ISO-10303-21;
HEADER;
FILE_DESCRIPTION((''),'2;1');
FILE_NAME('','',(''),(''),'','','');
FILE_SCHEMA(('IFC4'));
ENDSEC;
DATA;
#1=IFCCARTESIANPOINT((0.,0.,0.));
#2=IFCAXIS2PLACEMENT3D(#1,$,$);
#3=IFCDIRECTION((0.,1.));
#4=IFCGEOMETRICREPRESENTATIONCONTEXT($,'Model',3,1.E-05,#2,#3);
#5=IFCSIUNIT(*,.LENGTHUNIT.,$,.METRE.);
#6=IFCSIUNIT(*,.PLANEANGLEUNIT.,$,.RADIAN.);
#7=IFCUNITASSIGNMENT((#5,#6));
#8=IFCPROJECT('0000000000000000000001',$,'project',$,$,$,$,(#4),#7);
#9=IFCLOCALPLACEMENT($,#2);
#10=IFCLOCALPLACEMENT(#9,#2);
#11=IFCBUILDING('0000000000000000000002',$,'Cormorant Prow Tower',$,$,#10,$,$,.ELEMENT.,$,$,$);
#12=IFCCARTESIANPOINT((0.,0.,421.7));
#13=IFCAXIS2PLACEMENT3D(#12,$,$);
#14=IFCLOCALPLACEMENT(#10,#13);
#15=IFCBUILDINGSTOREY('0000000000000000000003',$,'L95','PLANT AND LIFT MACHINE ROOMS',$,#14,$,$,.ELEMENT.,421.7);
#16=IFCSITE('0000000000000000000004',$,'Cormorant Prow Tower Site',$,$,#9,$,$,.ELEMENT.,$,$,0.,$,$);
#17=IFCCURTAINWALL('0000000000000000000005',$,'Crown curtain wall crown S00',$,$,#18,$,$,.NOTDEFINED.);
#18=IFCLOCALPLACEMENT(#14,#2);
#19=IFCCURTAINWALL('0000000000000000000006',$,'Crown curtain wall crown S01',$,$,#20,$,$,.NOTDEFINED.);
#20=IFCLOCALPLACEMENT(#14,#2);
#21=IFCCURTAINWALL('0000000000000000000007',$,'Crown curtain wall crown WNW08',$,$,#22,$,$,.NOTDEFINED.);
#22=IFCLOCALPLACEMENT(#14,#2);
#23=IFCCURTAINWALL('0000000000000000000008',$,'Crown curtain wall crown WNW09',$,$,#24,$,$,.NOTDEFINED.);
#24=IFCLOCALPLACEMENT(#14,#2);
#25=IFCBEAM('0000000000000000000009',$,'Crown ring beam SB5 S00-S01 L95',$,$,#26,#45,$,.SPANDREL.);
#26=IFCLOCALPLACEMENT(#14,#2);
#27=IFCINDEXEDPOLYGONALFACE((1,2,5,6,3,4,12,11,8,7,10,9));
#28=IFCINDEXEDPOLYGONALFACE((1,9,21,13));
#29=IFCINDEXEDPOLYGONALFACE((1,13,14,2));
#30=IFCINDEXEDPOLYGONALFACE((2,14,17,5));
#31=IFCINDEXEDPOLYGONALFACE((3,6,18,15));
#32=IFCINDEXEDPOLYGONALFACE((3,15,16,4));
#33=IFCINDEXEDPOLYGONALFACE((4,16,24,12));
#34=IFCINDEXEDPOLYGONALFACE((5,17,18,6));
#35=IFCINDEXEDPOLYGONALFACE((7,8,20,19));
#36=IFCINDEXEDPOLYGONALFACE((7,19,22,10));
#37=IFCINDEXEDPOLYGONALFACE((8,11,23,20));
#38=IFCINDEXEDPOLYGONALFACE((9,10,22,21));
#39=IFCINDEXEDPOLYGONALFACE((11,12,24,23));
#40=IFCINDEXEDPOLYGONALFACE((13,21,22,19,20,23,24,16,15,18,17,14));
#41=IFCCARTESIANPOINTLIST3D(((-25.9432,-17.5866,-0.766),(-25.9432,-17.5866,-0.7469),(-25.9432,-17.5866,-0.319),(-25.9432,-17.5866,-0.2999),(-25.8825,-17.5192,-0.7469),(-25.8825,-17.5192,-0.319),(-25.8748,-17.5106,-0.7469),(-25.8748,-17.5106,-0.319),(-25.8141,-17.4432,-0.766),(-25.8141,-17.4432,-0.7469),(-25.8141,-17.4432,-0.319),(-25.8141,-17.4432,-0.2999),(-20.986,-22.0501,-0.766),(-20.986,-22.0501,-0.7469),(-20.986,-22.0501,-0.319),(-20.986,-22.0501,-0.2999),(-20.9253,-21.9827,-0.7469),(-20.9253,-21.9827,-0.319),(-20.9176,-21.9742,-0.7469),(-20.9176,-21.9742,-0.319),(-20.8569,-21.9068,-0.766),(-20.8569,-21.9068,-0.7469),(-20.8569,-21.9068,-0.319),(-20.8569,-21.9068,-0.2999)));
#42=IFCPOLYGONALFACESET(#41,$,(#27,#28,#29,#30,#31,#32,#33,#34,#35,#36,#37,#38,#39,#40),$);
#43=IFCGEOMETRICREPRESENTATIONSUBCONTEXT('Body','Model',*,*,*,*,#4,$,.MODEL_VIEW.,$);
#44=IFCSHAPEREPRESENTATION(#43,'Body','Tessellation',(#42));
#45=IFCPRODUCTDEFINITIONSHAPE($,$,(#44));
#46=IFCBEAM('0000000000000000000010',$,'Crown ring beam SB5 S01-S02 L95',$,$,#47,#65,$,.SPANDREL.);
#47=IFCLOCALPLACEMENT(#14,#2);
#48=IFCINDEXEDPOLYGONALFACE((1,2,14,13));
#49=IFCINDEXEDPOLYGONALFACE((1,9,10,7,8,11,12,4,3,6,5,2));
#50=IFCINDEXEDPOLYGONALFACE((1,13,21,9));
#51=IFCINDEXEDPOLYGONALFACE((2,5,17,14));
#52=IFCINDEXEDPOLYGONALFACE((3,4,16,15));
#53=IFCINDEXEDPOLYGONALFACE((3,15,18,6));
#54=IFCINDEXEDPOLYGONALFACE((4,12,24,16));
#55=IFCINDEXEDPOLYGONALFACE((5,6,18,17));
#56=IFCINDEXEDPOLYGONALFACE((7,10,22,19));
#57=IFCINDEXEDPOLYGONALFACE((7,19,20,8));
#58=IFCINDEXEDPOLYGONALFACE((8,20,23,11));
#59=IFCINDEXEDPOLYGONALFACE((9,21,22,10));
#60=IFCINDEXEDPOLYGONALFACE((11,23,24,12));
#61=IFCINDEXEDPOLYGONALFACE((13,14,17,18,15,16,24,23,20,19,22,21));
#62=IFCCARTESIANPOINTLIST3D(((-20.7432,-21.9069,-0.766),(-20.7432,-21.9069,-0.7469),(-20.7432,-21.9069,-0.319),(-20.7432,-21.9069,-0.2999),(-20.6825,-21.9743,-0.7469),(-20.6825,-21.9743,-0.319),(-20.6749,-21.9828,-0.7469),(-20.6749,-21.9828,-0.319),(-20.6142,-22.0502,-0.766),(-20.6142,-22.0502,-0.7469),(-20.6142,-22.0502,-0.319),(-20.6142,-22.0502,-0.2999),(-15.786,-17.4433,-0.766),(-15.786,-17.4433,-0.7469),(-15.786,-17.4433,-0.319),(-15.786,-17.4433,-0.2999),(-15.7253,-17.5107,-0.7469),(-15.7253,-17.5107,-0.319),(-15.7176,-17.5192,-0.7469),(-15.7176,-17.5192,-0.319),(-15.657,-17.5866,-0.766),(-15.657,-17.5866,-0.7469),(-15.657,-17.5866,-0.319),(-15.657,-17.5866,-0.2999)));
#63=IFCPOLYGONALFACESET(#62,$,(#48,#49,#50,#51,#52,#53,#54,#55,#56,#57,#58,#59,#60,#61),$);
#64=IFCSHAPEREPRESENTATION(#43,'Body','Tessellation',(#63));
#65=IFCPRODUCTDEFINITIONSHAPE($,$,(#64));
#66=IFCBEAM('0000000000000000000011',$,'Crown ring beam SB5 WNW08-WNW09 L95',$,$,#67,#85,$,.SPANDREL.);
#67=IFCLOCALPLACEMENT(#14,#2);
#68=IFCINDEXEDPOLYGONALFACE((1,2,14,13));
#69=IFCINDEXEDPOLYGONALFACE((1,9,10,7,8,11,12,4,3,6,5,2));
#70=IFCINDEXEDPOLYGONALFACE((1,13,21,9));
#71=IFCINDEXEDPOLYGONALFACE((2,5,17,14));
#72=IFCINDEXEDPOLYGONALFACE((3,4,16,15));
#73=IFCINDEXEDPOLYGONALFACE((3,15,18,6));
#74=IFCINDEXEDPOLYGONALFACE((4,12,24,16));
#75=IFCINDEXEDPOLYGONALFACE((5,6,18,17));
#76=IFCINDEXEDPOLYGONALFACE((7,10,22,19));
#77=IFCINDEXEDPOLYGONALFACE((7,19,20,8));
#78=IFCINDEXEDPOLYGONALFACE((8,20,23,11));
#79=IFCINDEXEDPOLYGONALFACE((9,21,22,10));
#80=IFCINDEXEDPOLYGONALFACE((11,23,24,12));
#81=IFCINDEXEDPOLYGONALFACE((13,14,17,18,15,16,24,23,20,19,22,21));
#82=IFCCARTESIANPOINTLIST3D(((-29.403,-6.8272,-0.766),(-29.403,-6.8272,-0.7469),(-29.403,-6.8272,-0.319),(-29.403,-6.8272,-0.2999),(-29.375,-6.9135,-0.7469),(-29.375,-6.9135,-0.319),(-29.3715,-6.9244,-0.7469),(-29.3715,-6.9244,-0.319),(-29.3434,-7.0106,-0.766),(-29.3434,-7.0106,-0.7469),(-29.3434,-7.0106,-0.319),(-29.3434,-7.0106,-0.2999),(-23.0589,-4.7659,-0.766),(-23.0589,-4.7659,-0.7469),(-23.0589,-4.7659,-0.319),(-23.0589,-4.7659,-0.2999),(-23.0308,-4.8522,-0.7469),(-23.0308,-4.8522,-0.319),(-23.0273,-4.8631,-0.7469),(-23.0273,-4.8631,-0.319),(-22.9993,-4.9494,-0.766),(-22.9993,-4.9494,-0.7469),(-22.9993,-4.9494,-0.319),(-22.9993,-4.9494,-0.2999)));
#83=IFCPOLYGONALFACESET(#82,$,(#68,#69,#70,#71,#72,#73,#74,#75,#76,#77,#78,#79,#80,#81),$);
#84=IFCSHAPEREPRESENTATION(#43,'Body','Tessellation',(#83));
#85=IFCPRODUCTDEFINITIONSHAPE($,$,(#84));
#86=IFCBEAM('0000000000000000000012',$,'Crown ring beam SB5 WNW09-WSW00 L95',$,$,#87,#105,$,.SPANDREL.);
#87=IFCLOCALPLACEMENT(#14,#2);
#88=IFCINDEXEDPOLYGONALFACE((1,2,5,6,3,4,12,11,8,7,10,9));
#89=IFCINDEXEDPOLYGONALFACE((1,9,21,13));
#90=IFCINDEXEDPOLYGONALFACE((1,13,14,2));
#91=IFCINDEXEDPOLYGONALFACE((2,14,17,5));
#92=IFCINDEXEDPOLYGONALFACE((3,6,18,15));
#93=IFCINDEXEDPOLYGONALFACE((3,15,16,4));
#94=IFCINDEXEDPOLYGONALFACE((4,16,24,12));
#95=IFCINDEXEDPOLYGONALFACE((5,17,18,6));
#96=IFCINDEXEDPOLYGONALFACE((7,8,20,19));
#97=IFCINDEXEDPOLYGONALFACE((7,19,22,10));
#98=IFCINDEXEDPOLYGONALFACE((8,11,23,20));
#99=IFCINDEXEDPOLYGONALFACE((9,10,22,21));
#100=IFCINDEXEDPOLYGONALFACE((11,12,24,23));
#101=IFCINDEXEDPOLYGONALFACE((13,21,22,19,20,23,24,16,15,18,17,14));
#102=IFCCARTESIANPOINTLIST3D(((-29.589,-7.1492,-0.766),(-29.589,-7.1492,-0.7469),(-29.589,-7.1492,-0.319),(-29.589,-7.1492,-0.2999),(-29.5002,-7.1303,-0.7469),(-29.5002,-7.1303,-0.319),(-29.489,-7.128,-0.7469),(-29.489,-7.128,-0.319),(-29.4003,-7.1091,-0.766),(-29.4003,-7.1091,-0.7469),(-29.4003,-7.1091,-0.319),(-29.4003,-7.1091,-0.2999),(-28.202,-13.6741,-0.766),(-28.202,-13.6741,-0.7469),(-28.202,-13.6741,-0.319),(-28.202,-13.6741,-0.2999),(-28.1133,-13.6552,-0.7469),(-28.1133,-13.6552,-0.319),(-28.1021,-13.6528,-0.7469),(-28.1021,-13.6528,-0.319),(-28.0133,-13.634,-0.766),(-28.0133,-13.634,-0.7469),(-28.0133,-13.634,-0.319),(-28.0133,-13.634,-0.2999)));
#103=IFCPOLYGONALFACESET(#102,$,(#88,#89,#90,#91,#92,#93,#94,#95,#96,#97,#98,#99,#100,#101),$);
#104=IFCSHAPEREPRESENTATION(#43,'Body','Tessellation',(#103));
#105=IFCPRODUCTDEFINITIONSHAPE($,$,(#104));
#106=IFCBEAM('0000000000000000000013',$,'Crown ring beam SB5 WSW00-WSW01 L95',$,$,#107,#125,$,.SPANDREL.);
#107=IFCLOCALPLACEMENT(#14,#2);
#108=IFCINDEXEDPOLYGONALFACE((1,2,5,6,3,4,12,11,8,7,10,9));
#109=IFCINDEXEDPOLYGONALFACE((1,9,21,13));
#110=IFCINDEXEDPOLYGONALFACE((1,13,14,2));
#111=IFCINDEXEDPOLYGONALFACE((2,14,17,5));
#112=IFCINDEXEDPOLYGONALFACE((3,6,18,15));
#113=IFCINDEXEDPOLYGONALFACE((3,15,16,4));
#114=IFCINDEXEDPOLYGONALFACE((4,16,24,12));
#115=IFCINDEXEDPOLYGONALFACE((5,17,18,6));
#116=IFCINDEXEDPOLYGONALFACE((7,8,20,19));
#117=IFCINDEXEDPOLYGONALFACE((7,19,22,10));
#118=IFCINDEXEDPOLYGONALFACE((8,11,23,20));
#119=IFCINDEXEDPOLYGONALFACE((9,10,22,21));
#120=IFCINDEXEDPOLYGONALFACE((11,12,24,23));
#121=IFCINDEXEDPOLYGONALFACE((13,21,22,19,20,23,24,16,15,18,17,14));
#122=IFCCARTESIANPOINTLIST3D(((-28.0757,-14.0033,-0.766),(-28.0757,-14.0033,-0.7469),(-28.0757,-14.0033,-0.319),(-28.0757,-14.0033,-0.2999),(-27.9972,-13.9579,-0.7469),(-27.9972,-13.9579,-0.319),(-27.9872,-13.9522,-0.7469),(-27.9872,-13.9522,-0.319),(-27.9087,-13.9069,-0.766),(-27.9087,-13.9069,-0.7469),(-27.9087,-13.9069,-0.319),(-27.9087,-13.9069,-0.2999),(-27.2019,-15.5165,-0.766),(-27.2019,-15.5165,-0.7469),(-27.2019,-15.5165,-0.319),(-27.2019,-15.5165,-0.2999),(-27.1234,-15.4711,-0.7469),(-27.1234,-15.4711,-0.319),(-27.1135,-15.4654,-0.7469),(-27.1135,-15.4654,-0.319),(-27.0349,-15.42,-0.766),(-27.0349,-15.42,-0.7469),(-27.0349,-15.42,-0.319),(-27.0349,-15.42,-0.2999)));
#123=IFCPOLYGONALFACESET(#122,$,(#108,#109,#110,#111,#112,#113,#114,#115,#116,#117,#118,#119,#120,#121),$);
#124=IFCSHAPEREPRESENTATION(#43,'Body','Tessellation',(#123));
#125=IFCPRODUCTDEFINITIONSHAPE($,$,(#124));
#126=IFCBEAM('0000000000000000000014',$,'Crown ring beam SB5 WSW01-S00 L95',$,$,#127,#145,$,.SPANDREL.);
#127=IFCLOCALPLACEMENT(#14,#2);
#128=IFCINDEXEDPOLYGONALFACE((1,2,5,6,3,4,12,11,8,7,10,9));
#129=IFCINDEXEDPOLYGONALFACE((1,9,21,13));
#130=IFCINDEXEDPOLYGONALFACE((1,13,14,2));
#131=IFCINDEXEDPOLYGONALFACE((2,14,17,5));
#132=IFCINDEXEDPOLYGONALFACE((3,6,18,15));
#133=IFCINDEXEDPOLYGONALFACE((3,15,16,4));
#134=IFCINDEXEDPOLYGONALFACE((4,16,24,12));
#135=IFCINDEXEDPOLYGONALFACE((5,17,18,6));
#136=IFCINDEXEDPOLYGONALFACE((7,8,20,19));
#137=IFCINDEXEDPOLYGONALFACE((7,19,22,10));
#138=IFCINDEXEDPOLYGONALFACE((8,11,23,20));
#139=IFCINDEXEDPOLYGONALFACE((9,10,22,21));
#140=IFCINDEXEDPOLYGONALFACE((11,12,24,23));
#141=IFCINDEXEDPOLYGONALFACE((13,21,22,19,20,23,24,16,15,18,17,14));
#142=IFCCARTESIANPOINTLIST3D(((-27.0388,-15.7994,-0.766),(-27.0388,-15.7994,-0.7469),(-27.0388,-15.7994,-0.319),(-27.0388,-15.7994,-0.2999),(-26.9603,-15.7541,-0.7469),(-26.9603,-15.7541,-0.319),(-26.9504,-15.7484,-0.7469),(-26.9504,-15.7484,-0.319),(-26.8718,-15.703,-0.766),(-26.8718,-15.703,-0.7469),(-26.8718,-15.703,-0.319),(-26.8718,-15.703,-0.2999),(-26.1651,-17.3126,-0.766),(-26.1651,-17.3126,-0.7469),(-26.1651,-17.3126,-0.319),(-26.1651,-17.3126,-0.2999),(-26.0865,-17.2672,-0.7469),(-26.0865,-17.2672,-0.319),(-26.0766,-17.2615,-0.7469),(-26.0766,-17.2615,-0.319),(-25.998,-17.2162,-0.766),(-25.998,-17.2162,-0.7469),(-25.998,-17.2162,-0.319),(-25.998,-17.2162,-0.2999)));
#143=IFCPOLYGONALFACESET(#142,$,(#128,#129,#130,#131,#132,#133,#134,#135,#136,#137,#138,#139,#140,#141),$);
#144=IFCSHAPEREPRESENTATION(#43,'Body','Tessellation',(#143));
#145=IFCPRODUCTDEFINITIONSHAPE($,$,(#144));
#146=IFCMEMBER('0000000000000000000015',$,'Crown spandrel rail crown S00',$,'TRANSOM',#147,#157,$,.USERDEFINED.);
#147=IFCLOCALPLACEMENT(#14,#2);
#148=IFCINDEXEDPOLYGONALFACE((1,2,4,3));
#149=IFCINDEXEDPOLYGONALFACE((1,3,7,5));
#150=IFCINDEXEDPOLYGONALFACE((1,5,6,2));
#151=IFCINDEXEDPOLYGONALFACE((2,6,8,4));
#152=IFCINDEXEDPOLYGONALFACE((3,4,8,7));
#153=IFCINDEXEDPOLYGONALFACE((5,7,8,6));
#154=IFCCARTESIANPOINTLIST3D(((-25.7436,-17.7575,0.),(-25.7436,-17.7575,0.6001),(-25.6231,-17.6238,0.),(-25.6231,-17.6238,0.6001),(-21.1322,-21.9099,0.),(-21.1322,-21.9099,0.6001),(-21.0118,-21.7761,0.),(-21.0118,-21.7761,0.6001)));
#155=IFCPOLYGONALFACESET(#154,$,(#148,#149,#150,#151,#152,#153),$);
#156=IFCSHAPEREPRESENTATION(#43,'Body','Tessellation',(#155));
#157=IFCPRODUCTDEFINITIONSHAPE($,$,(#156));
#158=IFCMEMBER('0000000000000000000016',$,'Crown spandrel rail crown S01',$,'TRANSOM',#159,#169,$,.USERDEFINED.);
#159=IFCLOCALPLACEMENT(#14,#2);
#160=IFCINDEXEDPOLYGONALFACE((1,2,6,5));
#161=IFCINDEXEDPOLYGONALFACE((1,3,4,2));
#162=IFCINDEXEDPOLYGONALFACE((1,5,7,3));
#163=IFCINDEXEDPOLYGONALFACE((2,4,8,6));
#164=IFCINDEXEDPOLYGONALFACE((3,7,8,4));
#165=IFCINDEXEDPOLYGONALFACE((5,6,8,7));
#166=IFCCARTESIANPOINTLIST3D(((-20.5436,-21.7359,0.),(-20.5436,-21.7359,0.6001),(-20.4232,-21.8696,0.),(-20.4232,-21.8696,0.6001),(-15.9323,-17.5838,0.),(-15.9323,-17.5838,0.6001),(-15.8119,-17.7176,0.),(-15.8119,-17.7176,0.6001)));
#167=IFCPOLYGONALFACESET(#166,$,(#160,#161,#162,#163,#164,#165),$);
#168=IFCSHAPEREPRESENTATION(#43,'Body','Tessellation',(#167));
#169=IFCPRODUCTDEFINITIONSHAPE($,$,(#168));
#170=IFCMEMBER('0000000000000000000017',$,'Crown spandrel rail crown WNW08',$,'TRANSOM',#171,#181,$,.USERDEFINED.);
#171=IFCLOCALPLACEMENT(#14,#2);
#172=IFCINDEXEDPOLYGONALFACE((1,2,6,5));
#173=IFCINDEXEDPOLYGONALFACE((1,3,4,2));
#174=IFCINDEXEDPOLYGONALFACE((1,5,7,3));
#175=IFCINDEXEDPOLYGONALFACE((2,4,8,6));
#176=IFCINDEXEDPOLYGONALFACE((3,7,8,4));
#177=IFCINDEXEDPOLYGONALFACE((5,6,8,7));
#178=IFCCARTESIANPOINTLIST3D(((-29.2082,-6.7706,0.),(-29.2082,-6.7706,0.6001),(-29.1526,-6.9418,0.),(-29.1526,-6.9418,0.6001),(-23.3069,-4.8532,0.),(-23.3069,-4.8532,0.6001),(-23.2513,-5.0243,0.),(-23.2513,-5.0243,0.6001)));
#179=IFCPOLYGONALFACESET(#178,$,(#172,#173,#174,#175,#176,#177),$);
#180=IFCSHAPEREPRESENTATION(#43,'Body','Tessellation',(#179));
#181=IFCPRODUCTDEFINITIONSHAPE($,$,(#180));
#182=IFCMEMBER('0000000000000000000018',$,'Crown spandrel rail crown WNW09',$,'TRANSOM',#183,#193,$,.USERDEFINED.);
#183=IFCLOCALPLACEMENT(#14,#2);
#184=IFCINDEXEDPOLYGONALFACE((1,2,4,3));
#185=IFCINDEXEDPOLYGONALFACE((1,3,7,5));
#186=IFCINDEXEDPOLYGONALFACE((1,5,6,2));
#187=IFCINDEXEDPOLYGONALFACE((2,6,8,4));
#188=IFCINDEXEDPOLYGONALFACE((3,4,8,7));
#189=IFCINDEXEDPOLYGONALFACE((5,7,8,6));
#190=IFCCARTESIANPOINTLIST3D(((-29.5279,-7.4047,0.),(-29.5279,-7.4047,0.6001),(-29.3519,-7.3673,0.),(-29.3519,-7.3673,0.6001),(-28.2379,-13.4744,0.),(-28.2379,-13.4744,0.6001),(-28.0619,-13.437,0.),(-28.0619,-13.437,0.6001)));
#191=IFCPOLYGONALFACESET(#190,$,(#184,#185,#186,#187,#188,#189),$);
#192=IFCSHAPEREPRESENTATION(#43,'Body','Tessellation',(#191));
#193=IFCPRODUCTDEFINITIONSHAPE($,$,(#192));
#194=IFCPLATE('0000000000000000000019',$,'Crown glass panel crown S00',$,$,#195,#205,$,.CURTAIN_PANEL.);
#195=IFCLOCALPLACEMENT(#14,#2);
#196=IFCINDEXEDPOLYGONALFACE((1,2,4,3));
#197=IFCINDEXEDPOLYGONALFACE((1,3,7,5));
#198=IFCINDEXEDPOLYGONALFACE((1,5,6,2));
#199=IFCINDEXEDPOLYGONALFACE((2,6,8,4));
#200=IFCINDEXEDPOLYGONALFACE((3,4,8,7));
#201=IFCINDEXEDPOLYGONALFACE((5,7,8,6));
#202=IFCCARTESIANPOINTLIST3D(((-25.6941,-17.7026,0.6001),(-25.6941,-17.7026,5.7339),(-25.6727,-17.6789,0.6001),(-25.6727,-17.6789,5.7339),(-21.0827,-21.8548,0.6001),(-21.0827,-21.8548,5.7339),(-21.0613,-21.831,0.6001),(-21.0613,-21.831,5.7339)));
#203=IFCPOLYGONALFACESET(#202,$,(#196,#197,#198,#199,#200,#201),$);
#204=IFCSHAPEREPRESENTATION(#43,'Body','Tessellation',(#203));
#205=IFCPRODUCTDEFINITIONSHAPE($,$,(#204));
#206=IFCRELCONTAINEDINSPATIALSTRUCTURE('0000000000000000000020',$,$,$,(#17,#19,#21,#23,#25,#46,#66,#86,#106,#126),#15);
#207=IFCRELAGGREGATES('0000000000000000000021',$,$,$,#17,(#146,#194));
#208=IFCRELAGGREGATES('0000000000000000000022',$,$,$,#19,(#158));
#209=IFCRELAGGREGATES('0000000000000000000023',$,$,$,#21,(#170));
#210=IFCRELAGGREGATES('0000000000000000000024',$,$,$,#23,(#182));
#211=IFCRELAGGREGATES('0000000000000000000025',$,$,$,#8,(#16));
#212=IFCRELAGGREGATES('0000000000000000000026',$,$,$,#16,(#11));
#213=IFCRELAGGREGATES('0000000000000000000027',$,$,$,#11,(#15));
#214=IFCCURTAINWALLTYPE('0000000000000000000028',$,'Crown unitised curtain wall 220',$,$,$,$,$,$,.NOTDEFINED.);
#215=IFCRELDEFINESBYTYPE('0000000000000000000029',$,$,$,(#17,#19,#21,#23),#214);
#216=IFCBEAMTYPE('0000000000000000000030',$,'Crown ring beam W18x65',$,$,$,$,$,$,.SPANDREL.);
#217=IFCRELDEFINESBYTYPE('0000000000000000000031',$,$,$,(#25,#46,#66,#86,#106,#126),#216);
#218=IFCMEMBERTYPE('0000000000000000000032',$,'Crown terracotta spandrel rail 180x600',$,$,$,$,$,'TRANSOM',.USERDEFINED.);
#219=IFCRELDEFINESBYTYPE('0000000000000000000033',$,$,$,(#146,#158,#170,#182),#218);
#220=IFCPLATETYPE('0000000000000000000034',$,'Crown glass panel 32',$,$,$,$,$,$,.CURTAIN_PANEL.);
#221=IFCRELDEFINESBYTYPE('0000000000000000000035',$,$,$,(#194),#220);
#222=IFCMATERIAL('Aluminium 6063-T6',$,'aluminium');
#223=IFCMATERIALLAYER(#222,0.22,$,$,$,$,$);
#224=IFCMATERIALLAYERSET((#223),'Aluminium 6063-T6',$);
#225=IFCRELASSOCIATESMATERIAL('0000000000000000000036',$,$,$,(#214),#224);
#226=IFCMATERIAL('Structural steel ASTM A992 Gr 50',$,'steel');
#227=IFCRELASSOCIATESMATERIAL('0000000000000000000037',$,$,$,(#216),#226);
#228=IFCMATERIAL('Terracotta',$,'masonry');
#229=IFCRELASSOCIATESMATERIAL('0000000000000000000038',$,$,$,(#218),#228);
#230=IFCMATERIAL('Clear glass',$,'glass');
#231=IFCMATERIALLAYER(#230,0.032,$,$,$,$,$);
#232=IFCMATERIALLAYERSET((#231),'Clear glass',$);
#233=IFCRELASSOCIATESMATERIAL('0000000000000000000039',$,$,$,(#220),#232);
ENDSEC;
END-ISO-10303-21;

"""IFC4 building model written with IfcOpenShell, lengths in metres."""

from ifc_helpers import new_model, si_unit, direction, frame, origin, origin_2d, place, context, subcontext, project, spatial, rectangle, i_section, extrude, material, layer, layer_set, material_profile, profile_set, type_object, element, aggregate, save


model = new_model("IFC4")

# Units and contexts
model_context = context("Model", 3, precision=1e-05, world=origin(), true_north=direction((0.0, 1.0)))
body_context = subcontext(model_context, "Body", "Model", "MODEL_VIEW")
ifc_project = project(units=[si_unit("LENGTHUNIT", "METRE"), si_unit("PLANEANGLEUNIT", "RADIAN")], contexts=[model_context])

# Site, building, storey
site_placement = place(None, origin())
site = spatial("IfcSite", under=ifc_project, at=site_placement, Name="Cormorant Prow Tower Site", CompositionType="ELEMENT", RefElevation=0.0)
building_placement = place(site_placement, origin())
building = spatial("IfcBuilding", under=site, at=building_placement, Name="Cormorant Prow Tower", CompositionType="ELEMENT")
storey_placement = place(building_placement, frame((0.0, 0.0, 421.7)))
storey = spatial("IfcBuildingStorey", under=building, at=storey_placement, Name="L95", Description="PLANT AND LIFT MACHINE ROOMS", CompositionType="ELEMENT", Elevation=421.7)

# Curtain walls
ifc_material_1 = material(Name="Aluminium 6063-T6", Category="aluminium")
ifc_layer_1 = layer(ifc_material_1, 0.22)
ifc_layer_set_1 = layer_set([ifc_layer_1], Name="Aluminium 6063-T6")
curtain_wall_type = type_object("IfcCurtainWallType", Name="Crown unitised curtain wall 220", PredefinedType="NOTDEFINED", material=ifc_layer_set_1)
curtain_wall_1_placement = place(storey_placement, origin())
curtain_wall_1 = element("IfcCurtainWall", 1, at=curtain_wall_1_placement, inside=storey, type_object=curtain_wall_type, Name="Crown curtain wall crown S00", PredefinedType="NOTDEFINED")
curtain_wall_2_placement = place(storey_placement, origin())
curtain_wall_2 = element("IfcCurtainWall", 2, at=curtain_wall_2_placement, inside=storey, type_object=curtain_wall_type, Name="Crown curtain wall crown S01", PredefinedType="NOTDEFINED")
curtain_wall_3_placement = place(storey_placement, origin())
curtain_wall_3 = element("IfcCurtainWall", 3, at=curtain_wall_3_placement, inside=storey, type_object=curtain_wall_type, Name="Crown curtain wall crown WNW08", PredefinedType="NOTDEFINED")
curtain_wall_4_placement = place(storey_placement, origin())
curtain_wall_4 = element("IfcCurtainWall", 4, at=curtain_wall_4_placement, inside=storey, type_object=curtain_wall_type, Name="Crown curtain wall crown WNW09", PredefinedType="NOTDEFINED")

# Beams
ifc_material_2 = material(Name="Structural steel ASTM A992 Gr 50", Category="steel")
ifc_material_profile_1 = material_profile(ifc_material_2, i_section(OverallWidth=0.1929, OverallDepth=0.4661, WebThickness=0.0115, FlangeThickness=0.019, at=origin_2d()), Name="W18x65")
ifc_profile_set_1 = profile_set([ifc_material_profile_1], Name="Structural steel ASTM A992 Gr 50")
beam_type = type_object("IfcBeamType", Name="Crown ring beam W18x65", PredefinedType="SPANDREL", material=ifc_profile_set_1)
for number, where, z_axis, x_axis, name in (
    (5, (-25.8787, -17.5149, -0.533), (0.743139, -0.669137, 0.0), (0.669137, 0.743139, 0.0), "Crown ring beam SB5 S00-S01 L95"),
    (6, (-20.6787, -21.9785, -0.533), (0.743139, 0.669137, 0.0), (-0.669137, 0.743139, 0.0), "Crown ring beam SB5 S01-S02 L95"),
    (7, (-23.0291, -4.8577, -0.533), (-0.95106, -0.309005, 0.0), (0.309005, -0.95106, 0.0), "Crown ring beam SB5 WNW08-WNW09 L95"),
    (8, (-29.4946, -7.1292, -0.533), (0.207919, -0.978146, 0.0), (0.978146, 0.207919, 0.0), "Crown ring beam SB5 WNW09-WSW00 L95"),
):
    element("IfcBeam", number, at=place(storey_placement, frame(where, z_axis=z_axis, x_axis=x_axis)), inside=storey, type_object=beam_type, Name=name, PredefinedType="SPANDREL", context=body_context, shape_type="SweptSolid", body=[
        extrude(i_section(OverallWidth=0.1929, OverallDepth=0.4661, WebThickness=0.0115, FlangeThickness=0.019, at=origin_2d()), origin(), (0.0, 0.0, 1.0), 6.6707),
    ])
for number, where, z_axis, x_axis, name in (
    (9, (-27.9922, -13.9551, -0.533), (0.500061, -0.86599, 0.0), (0.86599, 0.500061, 0.0), "Crown ring beam SB5 WSW00-WSW01 L95"),
    (10, (-26.9553, -15.7512, -0.533), (0.500061, -0.86599, 0.0), (0.86599, 0.500061, 0.0), "Crown ring beam SB5 WSW01-S00 L95"),
):
    element("IfcBeam", number, at=place(storey_placement, frame(where, z_axis=z_axis, x_axis=x_axis)), inside=storey, type_object=beam_type, Name=name, PredefinedType="SPANDREL", context=body_context, shape_type="SweptSolid", body=[
        extrude(i_section(OverallWidth=0.1929, OverallDepth=0.4661, WebThickness=0.0115, FlangeThickness=0.019, at=origin_2d()), origin(), (0.0, 0.0, 1.0), 1.7473),
    ])

# Members
ifc_material_3 = material(Name="Terracotta", Category="masonry")
ifc_material_profile_2 = material_profile(ifc_material_3, rectangle(XDim=0.1799, YDim=0.6001, at=origin_2d()), Name="Crown terracotta spandrel rail 180x600")
ifc_profile_set_2 = profile_set([ifc_material_profile_2], Name="Terracotta")
member_type_1 = type_object("IfcMemberType", Name="Crown terracotta spandrel rail 180x600", ElementType="TRANSOM", PredefinedType="USERDEFINED", material=ifc_profile_set_2)
member_1_placement = place(storey_placement, frame((-25.6833, -17.6907, 0.3), z_axis=(0.743122, -0.669156, 0.0), x_axis=(0.669156, 0.743122, 0.0)))
member_1 = element("IfcMember", 11, at=member_1_placement, type_object=member_type_1, Name="Crown spandrel rail crown S00", ObjectType="TRANSOM", PredefinedType="USERDEFINED", context=body_context, shape_type="SweptSolid", body=[
    extrude(rectangle(XDim=0.1799, YDim=0.6001, at=origin_2d()), origin(), (0.0, 0.0, 1.0), 6.2053),
])
member_2_placement = place(storey_placement, frame((-20.4834, -21.8027, 0.3), z_axis=(0.743142, 0.669134, 0.0), x_axis=(-0.669134, 0.743142, 0.0)))
member_2 = element("IfcMember", 12, at=member_2_placement, type_object=member_type_1, Name="Crown spandrel rail crown S01", ObjectType="TRANSOM", PredefinedType="USERDEFINED", context=body_context, shape_type="SweptSolid", body=[
    extrude(rectangle(XDim=0.1799, YDim=0.6001, at=origin_2d()), origin(), (0.0, 0.0, 1.0), 6.2051),
])
member_3_placement = place(storey_placement, frame((-23.2791, -4.9387, 0.3), z_axis=(-0.951056, -0.309018, 0.0), x_axis=(0.309018, -0.951056, 0.0)))
member_3 = element("IfcMember", 13, at=member_3_placement, type_object=member_type_1, Name="Crown spandrel rail crown WNW08", ObjectType="TRANSOM", PredefinedType="USERDEFINED", context=body_context, shape_type="SweptSolid", body=[
    extrude(rectangle(XDim=0.1799, YDim=0.6001, at=origin_2d()), origin(), (0.0, 0.0, 1.0), 6.2051),
])
member_4_placement = place(storey_placement, frame((-29.4399, -7.386, 0.3), z_axis=(0.20789, -0.978152, 0.0), x_axis=(0.978152, 0.20789, 0.0)))
member_4 = element("IfcMember", 14, at=member_4_placement, type_object=member_type_1, Name="Crown spandrel rail crown WNW09", ObjectType="TRANSOM", PredefinedType="USERDEFINED", context=body_context, shape_type="SweptSolid", body=[
    extrude(rectangle(XDim=0.1799, YDim=0.6001, at=origin_2d()), origin(), (0.0, 0.0, 1.0), 6.2053),
])

# Plate
ifc_material_4 = material(Name="Clear glass", Category="glass")
ifc_layer_2 = layer(ifc_material_4, 0.032)
ifc_layer_set_2 = layer_set([ifc_layer_2], Name="Clear glass")
plate_type = type_object("IfcPlateType", Name="Crown glass panel 32", PredefinedType="CURTAIN_PANEL", material=ifc_layer_set_2)
plate_1_placement = place(storey_placement, frame((-23.3777, -19.7668, 0.6001), z_axis=(0.0, 0.0, 1.0), x_axis=(0.743145, -0.669131, 0.0)))
plate_1 = element("IfcPlate", 15, at=plate_1_placement, type_object=plate_type, Name="Crown glass panel crown S00", PredefinedType="CURTAIN_PANEL", context=body_context, shape_type="SweptSolid", body=[
    extrude(rectangle(XDim=6.2053, YDim=0.032, at=origin_2d()), origin(), (0.0, 0.0, 1.0), 5.1338),
])
aggregate(curtain_wall_1, [member_1, plate_1])
aggregate(curtain_wall_2, [member_2])

aggregate(curtain_wall_3, [member_3])
aggregate(curtain_wall_4, [member_4])

save(model, "model.ifc")
